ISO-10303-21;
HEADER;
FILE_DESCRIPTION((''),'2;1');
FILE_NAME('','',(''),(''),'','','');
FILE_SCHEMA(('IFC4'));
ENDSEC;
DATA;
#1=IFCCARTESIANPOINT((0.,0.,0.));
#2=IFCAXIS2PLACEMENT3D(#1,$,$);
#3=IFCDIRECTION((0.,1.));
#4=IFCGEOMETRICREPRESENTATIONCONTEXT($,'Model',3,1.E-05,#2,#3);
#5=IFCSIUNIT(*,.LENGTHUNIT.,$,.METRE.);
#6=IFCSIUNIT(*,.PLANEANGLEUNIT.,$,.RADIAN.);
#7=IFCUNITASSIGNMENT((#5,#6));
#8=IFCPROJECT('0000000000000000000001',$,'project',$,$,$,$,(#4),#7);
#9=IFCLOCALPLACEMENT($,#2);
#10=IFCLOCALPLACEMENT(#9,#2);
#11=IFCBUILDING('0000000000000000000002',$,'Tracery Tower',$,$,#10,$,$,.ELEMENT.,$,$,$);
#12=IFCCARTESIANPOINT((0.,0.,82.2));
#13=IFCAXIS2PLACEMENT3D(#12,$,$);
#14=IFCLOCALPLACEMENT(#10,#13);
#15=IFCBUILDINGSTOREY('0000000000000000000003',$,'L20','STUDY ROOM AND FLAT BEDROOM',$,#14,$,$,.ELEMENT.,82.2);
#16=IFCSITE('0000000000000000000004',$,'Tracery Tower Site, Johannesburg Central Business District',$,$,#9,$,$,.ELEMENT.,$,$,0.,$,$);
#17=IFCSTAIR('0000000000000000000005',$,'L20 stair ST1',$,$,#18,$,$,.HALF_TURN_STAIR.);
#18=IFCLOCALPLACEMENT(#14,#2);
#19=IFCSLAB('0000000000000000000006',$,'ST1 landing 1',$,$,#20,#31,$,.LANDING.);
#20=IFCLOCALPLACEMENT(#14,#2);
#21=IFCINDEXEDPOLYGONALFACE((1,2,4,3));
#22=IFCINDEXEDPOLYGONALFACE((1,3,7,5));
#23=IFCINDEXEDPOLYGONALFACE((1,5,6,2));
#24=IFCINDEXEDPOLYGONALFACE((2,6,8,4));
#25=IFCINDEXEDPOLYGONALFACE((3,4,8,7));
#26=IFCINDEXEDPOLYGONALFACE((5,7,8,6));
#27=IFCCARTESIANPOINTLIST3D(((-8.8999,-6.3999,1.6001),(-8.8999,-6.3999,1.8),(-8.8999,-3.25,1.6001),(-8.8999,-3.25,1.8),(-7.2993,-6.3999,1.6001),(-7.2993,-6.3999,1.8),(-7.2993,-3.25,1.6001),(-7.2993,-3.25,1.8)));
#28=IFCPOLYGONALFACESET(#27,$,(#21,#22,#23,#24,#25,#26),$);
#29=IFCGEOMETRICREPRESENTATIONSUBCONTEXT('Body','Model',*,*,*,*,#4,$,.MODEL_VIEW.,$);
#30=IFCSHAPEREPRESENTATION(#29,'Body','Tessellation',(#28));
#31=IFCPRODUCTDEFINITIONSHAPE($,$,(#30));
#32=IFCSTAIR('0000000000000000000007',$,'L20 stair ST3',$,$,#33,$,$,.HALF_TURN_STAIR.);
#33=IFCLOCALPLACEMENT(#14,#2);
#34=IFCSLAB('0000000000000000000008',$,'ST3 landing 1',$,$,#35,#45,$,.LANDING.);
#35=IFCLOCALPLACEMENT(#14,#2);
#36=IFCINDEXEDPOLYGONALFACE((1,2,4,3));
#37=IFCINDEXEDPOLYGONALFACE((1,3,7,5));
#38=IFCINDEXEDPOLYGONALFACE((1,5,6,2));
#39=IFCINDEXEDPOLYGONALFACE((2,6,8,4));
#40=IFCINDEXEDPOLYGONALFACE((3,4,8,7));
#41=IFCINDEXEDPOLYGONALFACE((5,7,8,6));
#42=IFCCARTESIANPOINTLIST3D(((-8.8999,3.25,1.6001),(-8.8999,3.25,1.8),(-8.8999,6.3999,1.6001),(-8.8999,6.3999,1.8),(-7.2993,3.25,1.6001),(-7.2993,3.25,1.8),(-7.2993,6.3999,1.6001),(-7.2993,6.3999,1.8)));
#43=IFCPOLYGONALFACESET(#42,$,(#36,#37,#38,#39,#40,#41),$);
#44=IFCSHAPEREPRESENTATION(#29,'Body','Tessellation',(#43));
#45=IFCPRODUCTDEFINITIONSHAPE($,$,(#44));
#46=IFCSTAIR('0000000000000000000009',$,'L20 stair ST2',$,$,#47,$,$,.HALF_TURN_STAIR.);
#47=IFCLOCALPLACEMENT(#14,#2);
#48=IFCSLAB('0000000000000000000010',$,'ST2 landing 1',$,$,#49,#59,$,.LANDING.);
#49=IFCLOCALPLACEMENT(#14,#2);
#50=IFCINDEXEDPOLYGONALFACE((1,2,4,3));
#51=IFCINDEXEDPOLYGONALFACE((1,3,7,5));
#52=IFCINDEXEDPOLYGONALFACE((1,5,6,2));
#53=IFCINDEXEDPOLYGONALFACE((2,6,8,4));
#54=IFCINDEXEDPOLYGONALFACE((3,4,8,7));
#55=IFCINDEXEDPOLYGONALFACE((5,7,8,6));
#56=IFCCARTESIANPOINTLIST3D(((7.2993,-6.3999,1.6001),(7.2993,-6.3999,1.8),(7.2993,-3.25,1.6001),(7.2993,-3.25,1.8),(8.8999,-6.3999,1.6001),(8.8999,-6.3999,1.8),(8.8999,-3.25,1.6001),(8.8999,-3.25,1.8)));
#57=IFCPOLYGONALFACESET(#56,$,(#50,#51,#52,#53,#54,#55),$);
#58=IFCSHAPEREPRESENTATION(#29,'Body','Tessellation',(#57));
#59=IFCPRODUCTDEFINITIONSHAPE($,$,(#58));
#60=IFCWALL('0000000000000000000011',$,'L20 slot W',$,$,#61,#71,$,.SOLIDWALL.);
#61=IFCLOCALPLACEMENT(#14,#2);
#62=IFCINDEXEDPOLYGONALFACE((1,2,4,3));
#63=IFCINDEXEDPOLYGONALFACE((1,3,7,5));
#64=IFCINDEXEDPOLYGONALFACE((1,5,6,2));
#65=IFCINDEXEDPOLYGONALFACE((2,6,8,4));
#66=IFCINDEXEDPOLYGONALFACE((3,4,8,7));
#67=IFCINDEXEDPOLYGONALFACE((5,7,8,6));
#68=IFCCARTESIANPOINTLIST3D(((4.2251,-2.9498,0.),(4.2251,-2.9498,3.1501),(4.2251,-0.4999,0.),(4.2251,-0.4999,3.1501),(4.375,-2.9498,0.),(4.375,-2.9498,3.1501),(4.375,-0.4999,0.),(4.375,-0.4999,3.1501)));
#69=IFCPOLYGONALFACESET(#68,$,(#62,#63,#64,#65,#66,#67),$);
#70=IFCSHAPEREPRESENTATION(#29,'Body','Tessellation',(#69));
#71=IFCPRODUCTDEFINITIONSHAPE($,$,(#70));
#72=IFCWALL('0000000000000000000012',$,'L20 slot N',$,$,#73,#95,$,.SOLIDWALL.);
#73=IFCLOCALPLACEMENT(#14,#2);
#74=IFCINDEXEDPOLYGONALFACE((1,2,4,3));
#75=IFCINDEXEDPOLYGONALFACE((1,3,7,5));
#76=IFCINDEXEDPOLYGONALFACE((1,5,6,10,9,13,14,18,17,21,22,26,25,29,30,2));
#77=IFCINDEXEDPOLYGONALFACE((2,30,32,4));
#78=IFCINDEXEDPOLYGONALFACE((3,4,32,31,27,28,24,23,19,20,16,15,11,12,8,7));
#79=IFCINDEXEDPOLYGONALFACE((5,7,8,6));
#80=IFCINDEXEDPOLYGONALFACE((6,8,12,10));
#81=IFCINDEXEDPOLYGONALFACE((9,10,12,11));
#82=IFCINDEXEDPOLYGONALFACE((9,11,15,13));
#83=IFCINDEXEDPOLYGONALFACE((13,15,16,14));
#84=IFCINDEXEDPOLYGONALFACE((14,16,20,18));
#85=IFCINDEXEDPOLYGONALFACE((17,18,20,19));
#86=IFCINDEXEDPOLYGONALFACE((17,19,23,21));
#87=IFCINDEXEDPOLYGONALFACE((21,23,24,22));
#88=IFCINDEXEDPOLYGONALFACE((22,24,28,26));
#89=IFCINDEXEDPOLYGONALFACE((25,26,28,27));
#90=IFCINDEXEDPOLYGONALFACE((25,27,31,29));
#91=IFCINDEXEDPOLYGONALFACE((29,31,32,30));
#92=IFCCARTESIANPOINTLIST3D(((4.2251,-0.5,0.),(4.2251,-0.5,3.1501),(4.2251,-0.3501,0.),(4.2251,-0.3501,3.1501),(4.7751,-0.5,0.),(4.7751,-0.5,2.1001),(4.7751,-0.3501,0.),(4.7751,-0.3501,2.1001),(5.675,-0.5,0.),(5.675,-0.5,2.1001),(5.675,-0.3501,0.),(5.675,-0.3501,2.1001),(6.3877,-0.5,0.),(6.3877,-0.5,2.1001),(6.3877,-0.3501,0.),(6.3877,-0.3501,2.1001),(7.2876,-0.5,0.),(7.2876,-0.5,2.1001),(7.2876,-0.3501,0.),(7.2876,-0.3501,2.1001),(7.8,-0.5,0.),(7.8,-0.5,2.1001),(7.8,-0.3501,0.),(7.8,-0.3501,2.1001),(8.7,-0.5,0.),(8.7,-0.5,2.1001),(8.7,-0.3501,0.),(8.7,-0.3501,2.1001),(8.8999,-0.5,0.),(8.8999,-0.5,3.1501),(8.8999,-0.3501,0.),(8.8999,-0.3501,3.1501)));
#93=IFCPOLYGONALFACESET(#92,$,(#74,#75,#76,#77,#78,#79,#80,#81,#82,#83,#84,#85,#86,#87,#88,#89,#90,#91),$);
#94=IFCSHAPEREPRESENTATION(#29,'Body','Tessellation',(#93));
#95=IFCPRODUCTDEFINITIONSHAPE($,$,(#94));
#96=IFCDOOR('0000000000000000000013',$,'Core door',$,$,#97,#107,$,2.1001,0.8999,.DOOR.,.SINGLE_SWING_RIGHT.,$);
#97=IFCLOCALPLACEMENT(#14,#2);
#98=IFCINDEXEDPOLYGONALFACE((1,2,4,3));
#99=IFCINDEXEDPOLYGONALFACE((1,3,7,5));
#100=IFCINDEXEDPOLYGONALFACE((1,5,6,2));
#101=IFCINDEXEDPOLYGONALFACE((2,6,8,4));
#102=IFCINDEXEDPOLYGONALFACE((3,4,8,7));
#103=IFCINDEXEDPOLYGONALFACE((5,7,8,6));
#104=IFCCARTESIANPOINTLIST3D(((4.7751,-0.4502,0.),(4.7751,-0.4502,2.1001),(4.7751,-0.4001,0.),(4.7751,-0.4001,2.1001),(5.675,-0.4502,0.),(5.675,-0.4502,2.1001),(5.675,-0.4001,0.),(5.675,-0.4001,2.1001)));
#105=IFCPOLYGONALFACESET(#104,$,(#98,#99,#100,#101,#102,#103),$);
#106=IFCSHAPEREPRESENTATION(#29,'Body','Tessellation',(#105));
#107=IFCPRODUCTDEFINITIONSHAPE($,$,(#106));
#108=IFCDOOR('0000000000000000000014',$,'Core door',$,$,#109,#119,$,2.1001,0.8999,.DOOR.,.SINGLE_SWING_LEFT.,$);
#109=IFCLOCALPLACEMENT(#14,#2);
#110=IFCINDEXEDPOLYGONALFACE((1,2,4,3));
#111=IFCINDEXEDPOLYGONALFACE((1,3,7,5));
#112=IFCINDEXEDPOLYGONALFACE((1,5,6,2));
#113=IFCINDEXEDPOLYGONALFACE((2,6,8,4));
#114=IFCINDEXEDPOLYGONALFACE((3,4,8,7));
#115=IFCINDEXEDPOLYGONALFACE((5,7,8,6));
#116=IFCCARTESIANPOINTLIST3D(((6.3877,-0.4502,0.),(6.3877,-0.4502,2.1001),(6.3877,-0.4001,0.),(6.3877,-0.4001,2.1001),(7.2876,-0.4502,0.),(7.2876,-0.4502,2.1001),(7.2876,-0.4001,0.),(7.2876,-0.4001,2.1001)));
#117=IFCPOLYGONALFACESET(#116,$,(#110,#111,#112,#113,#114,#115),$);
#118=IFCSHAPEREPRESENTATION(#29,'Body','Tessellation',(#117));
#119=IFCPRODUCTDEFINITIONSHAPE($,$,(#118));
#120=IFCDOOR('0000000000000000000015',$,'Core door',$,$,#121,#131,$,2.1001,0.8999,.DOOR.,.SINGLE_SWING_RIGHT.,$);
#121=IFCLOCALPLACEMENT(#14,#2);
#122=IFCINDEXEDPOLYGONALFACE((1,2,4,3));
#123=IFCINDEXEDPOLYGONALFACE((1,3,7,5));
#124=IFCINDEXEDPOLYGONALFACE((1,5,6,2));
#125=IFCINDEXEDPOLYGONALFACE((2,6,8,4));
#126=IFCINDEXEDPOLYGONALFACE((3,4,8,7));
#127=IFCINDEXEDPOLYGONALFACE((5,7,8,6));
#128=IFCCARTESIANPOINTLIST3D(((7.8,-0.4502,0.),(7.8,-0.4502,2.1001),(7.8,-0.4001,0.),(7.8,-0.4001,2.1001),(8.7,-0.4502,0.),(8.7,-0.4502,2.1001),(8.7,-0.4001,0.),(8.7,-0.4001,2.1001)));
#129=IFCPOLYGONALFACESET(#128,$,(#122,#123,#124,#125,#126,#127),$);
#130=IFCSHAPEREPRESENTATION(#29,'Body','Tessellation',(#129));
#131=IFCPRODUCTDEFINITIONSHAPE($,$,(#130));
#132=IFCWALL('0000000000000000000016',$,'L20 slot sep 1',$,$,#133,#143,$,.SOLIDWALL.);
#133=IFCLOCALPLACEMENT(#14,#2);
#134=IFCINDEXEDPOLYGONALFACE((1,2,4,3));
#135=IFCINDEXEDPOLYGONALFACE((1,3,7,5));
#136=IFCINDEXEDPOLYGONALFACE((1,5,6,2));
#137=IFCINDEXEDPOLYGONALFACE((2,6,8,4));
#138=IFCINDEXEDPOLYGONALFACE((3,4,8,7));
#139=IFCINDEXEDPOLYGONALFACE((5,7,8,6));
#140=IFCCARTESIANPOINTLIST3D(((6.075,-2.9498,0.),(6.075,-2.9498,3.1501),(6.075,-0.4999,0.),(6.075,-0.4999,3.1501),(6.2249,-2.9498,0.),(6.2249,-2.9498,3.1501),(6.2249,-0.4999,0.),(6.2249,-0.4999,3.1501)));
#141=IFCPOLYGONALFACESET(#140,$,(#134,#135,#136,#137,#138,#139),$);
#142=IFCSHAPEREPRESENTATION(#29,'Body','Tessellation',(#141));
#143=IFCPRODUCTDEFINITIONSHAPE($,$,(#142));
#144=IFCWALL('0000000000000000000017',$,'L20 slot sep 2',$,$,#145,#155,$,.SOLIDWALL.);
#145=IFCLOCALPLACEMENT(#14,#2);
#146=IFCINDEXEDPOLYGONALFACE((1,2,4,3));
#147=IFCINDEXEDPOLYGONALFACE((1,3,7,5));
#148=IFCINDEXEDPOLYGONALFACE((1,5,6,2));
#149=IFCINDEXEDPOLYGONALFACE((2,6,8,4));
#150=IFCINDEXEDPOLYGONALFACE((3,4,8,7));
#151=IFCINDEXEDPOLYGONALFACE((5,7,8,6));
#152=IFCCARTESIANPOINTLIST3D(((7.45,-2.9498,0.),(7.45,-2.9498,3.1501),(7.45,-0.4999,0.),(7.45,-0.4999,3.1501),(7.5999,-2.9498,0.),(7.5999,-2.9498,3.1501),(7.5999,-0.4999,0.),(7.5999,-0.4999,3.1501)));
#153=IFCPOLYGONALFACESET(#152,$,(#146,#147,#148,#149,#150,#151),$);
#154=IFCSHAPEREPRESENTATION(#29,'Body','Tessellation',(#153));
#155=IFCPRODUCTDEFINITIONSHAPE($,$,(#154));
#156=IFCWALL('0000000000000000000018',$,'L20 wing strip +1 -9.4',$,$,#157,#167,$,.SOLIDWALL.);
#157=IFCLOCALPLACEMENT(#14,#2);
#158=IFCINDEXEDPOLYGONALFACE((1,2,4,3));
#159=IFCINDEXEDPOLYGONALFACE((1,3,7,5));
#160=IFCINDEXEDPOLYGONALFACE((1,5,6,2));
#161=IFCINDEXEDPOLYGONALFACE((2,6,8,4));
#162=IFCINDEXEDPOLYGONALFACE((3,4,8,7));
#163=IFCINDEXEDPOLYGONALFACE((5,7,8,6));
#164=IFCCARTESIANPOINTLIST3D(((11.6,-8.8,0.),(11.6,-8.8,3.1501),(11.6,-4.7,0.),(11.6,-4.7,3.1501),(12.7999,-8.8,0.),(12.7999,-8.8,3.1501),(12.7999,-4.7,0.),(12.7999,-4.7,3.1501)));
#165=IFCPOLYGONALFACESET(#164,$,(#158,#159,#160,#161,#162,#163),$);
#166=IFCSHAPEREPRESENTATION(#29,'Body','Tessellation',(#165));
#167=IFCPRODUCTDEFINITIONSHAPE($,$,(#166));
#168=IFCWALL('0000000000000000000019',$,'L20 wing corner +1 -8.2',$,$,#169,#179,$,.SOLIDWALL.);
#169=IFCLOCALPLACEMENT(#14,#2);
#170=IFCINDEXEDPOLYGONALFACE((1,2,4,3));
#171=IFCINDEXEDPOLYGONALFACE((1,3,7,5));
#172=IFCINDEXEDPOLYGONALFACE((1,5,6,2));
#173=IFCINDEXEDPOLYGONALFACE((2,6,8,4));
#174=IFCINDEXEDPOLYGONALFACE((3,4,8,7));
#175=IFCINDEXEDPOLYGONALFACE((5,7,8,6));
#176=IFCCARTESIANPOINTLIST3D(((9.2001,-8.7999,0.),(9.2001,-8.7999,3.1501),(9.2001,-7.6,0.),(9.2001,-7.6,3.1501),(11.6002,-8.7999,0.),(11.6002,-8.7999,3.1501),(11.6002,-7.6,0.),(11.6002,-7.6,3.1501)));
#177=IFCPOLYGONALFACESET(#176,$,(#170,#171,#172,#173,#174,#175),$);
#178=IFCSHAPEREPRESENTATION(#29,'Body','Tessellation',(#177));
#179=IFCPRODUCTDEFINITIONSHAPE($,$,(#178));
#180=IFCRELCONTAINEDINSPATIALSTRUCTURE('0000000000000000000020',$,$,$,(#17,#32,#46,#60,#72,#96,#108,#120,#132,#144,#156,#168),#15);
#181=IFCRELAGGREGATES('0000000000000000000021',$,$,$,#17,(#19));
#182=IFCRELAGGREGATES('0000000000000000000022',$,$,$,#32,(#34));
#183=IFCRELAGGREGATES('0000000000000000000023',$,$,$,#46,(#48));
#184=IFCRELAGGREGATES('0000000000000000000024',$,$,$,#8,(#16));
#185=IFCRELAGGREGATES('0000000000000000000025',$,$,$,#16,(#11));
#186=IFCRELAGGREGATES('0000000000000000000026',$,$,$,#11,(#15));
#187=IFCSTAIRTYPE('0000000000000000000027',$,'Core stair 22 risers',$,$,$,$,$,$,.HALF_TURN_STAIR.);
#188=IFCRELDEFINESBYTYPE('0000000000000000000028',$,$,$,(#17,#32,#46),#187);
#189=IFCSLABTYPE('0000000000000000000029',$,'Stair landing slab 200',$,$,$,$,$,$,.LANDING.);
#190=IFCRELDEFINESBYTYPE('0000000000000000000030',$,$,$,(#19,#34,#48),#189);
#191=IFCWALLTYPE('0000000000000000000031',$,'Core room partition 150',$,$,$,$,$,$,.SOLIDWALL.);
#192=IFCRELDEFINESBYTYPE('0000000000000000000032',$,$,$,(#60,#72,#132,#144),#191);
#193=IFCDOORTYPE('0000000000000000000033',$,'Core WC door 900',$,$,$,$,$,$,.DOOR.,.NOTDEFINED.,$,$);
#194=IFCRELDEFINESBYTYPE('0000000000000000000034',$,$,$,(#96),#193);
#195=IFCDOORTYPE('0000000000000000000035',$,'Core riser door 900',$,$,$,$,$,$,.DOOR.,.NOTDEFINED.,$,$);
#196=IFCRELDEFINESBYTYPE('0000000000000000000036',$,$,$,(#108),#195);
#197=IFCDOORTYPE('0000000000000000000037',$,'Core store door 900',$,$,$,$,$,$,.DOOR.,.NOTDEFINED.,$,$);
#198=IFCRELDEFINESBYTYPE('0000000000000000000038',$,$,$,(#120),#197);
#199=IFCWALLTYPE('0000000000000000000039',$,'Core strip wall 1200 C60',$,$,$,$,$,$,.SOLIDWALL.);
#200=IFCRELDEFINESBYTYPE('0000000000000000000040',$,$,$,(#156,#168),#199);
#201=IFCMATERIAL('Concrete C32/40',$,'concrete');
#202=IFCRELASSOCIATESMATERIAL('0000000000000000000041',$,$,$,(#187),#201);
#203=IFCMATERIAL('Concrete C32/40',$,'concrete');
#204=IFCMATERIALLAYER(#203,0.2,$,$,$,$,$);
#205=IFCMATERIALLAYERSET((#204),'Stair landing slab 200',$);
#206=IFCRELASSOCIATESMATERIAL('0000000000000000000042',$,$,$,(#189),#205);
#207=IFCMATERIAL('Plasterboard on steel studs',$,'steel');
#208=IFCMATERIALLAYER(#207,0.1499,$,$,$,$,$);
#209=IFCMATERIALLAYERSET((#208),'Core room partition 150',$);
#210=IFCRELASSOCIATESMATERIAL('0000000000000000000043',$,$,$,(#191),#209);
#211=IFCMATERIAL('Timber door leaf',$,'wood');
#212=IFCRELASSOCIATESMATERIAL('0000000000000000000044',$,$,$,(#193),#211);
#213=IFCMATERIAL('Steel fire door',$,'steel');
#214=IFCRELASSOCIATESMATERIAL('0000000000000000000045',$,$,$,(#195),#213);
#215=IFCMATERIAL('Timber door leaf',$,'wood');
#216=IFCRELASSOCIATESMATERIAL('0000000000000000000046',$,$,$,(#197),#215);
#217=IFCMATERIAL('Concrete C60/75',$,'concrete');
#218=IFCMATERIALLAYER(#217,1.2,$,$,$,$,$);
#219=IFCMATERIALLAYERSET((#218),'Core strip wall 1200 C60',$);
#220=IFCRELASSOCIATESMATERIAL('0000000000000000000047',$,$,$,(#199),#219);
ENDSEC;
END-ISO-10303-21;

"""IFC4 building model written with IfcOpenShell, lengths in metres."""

from ifc_helpers import new_model, si_unit, direction, frame, frame_2d, origin, place, context, subcontext, project, spatial, polyline, rectangle, outline, extrude, material, layer, layer_set, type_object, element, fill, aggregate, save


model = new_model("IFC4")

# Units and contexts
model_context = context("Model", 3, precision=1e-05, world=origin(), true_north=direction((0.0, 1.0)))
body_context = subcontext(model_context, "Body", "Model", "MODEL_VIEW")
ifc_project = project(units=[si_unit("LENGTHUNIT", "METRE"), si_unit("PLANEANGLEUNIT", "RADIAN")], contexts=[model_context])

# Site, building, storey
site_placement = place(None, origin())
site = spatial("IfcSite", under=ifc_project, at=site_placement, Name="Tracery Tower Site, Johannesburg Central Business District", CompositionType="ELEMENT", RefElevation=0.0)
building_placement = place(site_placement, origin())
building = spatial("IfcBuilding", under=site, at=building_placement, Name="Tracery Tower", CompositionType="ELEMENT")
storey_placement = place(building_placement, frame((0.0, 0.0, 82.2)))
storey = spatial("IfcBuildingStorey", under=building, at=storey_placement, Name="L20", Description="STUDY ROOM AND FLAT BEDROOM", CompositionType="ELEMENT", Elevation=82.2)

# Stairs, slabs
ifc_material_1 = material(Name="Concrete C32/40", Category="concrete")
stair_type = type_object("IfcStairType", Name="Core stair 22 risers", PredefinedType="HALF_TURN_STAIR", material=ifc_material_1)
stair_1_placement = place(storey_placement, origin())
stair_1 = element("IfcStair", 1, at=stair_1_placement, inside=storey, type_object=stair_type, Name="L20 stair ST1", PredefinedType="HALF_TURN_STAIR")
ifc_material_2 = material(Name="Concrete C32/40", Category="concrete")
ifc_layer_1 = layer(ifc_material_2, 0.2)
ifc_layer_set_1 = layer_set([ifc_layer_1], Name="Stair landing slab 200")
slab_type_1 = type_object("IfcSlabType", Name="Stair landing slab 200", PredefinedType="LANDING", material=ifc_layer_set_1)
slab_1_placement = place(storey_placement, frame((0.0, 0.0, 1.6001)))
slab_1 = element("IfcSlab", 2, at=slab_1_placement, type_object=slab_type_1, Name="ST1 landing 1", PredefinedType="LANDING", context=body_context, shape_type="SweptSolid", body=[
    extrude(outline(polyline([(-7.2993, -3.25), (-8.8999, -3.25), (-8.8999, -6.3999), (-7.2993, -6.3999), (-7.2993, -3.25)])), origin(), (0.0, 0.0, 1.0), 0.2),
])
aggregate(stair_1, [slab_1])
stair_2_placement = place(storey_placement, origin())
stair_2 = element("IfcStair", 3, at=stair_2_placement, inside=storey, type_object=stair_type, Name="L20 stair ST3", PredefinedType="HALF_TURN_STAIR")
slab_2_placement = place(storey_placement, frame((0.0, 0.0, 1.6001)))
slab_2 = element("IfcSlab", 4, at=slab_2_placement, type_object=slab_type_1, Name="ST3 landing 1", PredefinedType="LANDING", context=body_context, shape_type="SweptSolid", body=[
    extrude(outline(polyline([(-7.2993, 6.3999), (-8.8999, 6.3999), (-8.8999, 3.25), (-7.2993, 3.25), (-7.2993, 6.3999)])), origin(), (0.0, 0.0, 1.0), 0.2),
])
aggregate(stair_2, [slab_2])
stair_3_placement = place(storey_placement, origin())
stair_3 = element("IfcStair", 5, at=stair_3_placement, inside=storey, type_object=stair_type, Name="L20 stair ST2", PredefinedType="HALF_TURN_STAIR")
slab_3_placement = place(storey_placement, frame((0.0, 0.0, 1.6001)))
slab_3 = element("IfcSlab", 6, at=slab_3_placement, type_object=slab_type_1, Name="ST2 landing 1", PredefinedType="LANDING", context=body_context, shape_type="SweptSolid", body=[
    extrude(outline(polyline([(7.2993, -6.3999), (8.8999, -6.3999), (8.8999, -3.25), (7.2993, -3.25), (7.2993, -6.3999)])), origin(), (0.0, 0.0, 1.0), 0.2),
])

# Wall
ifc_material_3 = material(Name="Plasterboard on steel studs", Category="steel")
ifc_layer_2 = layer(ifc_material_3, 0.1499)
ifc_layer_set_2 = layer_set([ifc_layer_2], Name="Core room partition 150")
wall_type_1 = type_object("IfcWallType", Name="Core room partition 150", PredefinedType="SOLIDWALL", material=ifc_layer_set_2)
wall_1_placement = place(storey_placement, frame((4.3, -2.95, 0.0), z_axis=(0.0, 0.0, 1.0), x_axis=(0.0, 1.0, 0.0)))
element("IfcWall", 7, at=wall_1_placement, inside=storey, type_object=wall_type_1, Name="L20 slot W", PredefinedType="SOLIDWALL", context=body_context, shape_type="SweptSolid", body=[
    extrude(rectangle(XDim=2.45, YDim=0.1499, at=frame_2d((1.2251, 0.0))), origin(), (0.0, 0.0, 1.0), 3.1501),
])

# Wall, openings, doors
wall_2_placement = place(storey_placement, frame((4.2251, -0.425, 0.0), z_axis=(0.0, 0.0, 1.0), x_axis=(1.0, 0.0, 0.0)))
wall_2 = element("IfcWall", 8, at=wall_2_placement, inside=storey, type_object=wall_type_1, Name="L20 slot N", PredefinedType="SOLIDWALL", context=body_context, shape_type="SweptSolid", body=[
    extrude(rectangle(XDim=4.6748, YDim=0.1499, at=frame_2d((2.3374, 0.0))), origin(), (0.0, 0.0, 1.0), 3.1501),
])
opening_1_placement = place(wall_2_placement, frame((0.55, 0.0, 0.0)))
opening_1 = element("IfcOpeningElement", 9, at=opening_1_placement, cuts=wall_2, PredefinedType="OPENING", context=body_context, shape_type="SweptSolid", body=[
    extrude(rectangle(XDim=0.8999, YDim=2.1001, at=frame_2d((0.45, 1.05))), frame((0.0, 0.075, 0.0), z_axis=(0.0, -1.0, 0.0), x_axis=(1.0, 0.0, 0.0)), (0.0, 0.0, 1.0), 0.1499),
])
opening_2_placement = place(wall_2_placement, frame((2.1626, 0.0, 0.0)))
opening_2 = element("IfcOpeningElement", 10, at=opening_2_placement, cuts=wall_2, PredefinedType="OPENING", context=body_context, shape_type="SweptSolid", body=[
    extrude(rectangle(XDim=0.8999, YDim=2.1001, at=frame_2d((0.45, 1.05))), frame((0.0, 0.075, 0.0), z_axis=(0.0, -1.0, 0.0), x_axis=(1.0, 0.0, 0.0)), (0.0, 0.0, 1.0), 0.1499),
])
opening_3_placement = place(wall_2_placement, frame((3.575, 0.0, 0.0)))
opening_3 = element("IfcOpeningElement", 11, at=opening_3_placement, cuts=wall_2, PredefinedType="OPENING", context=body_context, shape_type="SweptSolid", body=[
    extrude(rectangle(XDim=0.8999, YDim=2.1001, at=frame_2d((0.45, 1.05))), frame((0.0, 0.075, 0.0), z_axis=(0.0, -1.0, 0.0), x_axis=(1.0, 0.0, 0.0)), (0.0, 0.0, 1.0), 0.1499),
])
ifc_material_4 = material(Name="Timber door leaf", Category="wood")
door_type_1 = type_object("IfcDoorType", Name="Core WC door 900", OperationType="NOTDEFINED", PredefinedType="DOOR", material=ifc_material_4)
door_1_placement = place(opening_1_placement, origin())
door_1 = element("IfcDoor", 12, at=door_1_placement, inside=storey, type_object=door_type_1, Name="Core door", OperationType="SINGLE_SWING_RIGHT", OverallHeight=2.1001, OverallWidth=0.8999, PredefinedType="DOOR", context=body_context, shape_type="SweptSolid", body=[
    extrude(rectangle(XDim=0.8999, YDim=2.1001, at=frame_2d((0.45, 1.05))), frame((0.0, 0.0249, 0.0), z_axis=(0.0, -1.0, 0.0), x_axis=(1.0, 0.0, 0.0)), (0.0, 0.0, 1.0), 0.05),
])
fill(opening_1, door_1)
ifc_material_5 = material(Name="Steel fire door", Category="steel")
door_type_2 = type_object("IfcDoorType", Name="Core riser door 900", OperationType="NOTDEFINED", PredefinedType="DOOR", material=ifc_material_5)
door_2_placement = place(opening_2_placement, origin())
door_2 = element("IfcDoor", 13, at=door_2_placement, inside=storey, type_object=door_type_2, Name="Core door", OperationType="SINGLE_SWING_LEFT", OverallHeight=2.1001, OverallWidth=0.8999, PredefinedType="DOOR", context=body_context, shape_type="SweptSolid", body=[
    extrude(rectangle(XDim=0.8999, YDim=2.1001, at=frame_2d((0.45, 1.05))), frame((0.0, 0.0249, 0.0), z_axis=(0.0, -1.0, 0.0), x_axis=(1.0, 0.0, 0.0)), (0.0, 0.0, 1.0), 0.05),
])
fill(opening_2, door_2)
ifc_material_6 = material(Name="Timber door leaf", Category="wood")
door_type_3 = type_object("IfcDoorType", Name="Core store door 900", OperationType="NOTDEFINED", PredefinedType="DOOR", material=ifc_material_6)
door_3_placement = place(opening_3_placement, origin())
door_3 = element("IfcDoor", 14, at=door_3_placement, inside=storey, type_object=door_type_3, Name="Core door", OperationType="SINGLE_SWING_RIGHT", OverallHeight=2.1001, OverallWidth=0.8999, PredefinedType="DOOR", context=body_context, shape_type="SweptSolid", body=[
    extrude(rectangle(XDim=0.8999, YDim=2.1001, at=frame_2d((0.45, 1.05))), frame((0.0, 0.0249, 0.0), z_axis=(0.0, -1.0, 0.0), x_axis=(1.0, 0.0, 0.0)), (0.0, 0.0, 1.0), 0.05),
])
fill(opening_3, door_3)

# Walls
for number, where, z_axis, x_axis, name in (
    (15, (6.1499, -2.95, 0.0), (0.0, 0.0, 1.0), (0.0, 1.0, 0.0), "L20 slot sep 1"),
    (16, (7.5249, -2.95, 0.0), (0.0, 0.0, 1.0), (0.0, 1.0, 0.0), "L20 slot sep 2"),
):
    element("IfcWall", number, at=place(storey_placement, frame(where, z_axis=z_axis, x_axis=x_axis)), inside=storey, type_object=wall_type_1, Name=name, PredefinedType="SOLIDWALL", context=body_context, shape_type="SweptSolid", body=[
        extrude(rectangle(XDim=2.45, YDim=0.1499, at=frame_2d((1.2251, 0.0))), origin(), (0.0, 0.0, 1.0), 3.1501),
    ])
ifc_material_7 = material(Name="Concrete C60/75", Category="concrete")
ifc_layer_3 = layer(ifc_material_7, 1.2)
ifc_layer_set_3 = layer_set([ifc_layer_3], Name="Core strip wall 1200 C60")
wall_type_2 = type_object("IfcWallType", Name="Core strip wall 1200 C60", PredefinedType="SOLIDWALL", material=ifc_layer_set_3)
wall_3_placement = place(storey_placement, frame((12.2, -8.8, 0.0), z_axis=(0.0, 0.0, 1.0), x_axis=(0.0, 1.0, 0.0)))
element("IfcWall", 17, at=wall_3_placement, inside=storey, type_object=wall_type_2, Name="L20 wing strip +1 -9.4", PredefinedType="SOLIDWALL", context=body_context, shape_type="SweptSolid", body=[
    extrude(rectangle(XDim=4.1001, YDim=1.2, at=frame_2d((2.05, 0.0))), origin(), (0.0, 0.0, 1.0), 3.1501),
])
wall_4_placement = place(storey_placement, frame((9.2, -8.2, 0.0), z_axis=(0.0, 0.0, 1.0), x_axis=(1.0, 0.0, 0.0)))
element("IfcWall", 18, at=wall_4_placement, inside=storey, type_object=wall_type_2, Name="L20 wing corner +1 -8.2", PredefinedType="SOLIDWALL", context=body_context, shape_type="SweptSolid", body=[
    extrude(rectangle(XDim=2.4001, YDim=1.2, at=frame_2d((1.2002, 0.0))), origin(), (0.0, 0.0, 1.0), 3.1501),
])

aggregate(stair_3, [slab_3])

save(model, "model.ifc")
